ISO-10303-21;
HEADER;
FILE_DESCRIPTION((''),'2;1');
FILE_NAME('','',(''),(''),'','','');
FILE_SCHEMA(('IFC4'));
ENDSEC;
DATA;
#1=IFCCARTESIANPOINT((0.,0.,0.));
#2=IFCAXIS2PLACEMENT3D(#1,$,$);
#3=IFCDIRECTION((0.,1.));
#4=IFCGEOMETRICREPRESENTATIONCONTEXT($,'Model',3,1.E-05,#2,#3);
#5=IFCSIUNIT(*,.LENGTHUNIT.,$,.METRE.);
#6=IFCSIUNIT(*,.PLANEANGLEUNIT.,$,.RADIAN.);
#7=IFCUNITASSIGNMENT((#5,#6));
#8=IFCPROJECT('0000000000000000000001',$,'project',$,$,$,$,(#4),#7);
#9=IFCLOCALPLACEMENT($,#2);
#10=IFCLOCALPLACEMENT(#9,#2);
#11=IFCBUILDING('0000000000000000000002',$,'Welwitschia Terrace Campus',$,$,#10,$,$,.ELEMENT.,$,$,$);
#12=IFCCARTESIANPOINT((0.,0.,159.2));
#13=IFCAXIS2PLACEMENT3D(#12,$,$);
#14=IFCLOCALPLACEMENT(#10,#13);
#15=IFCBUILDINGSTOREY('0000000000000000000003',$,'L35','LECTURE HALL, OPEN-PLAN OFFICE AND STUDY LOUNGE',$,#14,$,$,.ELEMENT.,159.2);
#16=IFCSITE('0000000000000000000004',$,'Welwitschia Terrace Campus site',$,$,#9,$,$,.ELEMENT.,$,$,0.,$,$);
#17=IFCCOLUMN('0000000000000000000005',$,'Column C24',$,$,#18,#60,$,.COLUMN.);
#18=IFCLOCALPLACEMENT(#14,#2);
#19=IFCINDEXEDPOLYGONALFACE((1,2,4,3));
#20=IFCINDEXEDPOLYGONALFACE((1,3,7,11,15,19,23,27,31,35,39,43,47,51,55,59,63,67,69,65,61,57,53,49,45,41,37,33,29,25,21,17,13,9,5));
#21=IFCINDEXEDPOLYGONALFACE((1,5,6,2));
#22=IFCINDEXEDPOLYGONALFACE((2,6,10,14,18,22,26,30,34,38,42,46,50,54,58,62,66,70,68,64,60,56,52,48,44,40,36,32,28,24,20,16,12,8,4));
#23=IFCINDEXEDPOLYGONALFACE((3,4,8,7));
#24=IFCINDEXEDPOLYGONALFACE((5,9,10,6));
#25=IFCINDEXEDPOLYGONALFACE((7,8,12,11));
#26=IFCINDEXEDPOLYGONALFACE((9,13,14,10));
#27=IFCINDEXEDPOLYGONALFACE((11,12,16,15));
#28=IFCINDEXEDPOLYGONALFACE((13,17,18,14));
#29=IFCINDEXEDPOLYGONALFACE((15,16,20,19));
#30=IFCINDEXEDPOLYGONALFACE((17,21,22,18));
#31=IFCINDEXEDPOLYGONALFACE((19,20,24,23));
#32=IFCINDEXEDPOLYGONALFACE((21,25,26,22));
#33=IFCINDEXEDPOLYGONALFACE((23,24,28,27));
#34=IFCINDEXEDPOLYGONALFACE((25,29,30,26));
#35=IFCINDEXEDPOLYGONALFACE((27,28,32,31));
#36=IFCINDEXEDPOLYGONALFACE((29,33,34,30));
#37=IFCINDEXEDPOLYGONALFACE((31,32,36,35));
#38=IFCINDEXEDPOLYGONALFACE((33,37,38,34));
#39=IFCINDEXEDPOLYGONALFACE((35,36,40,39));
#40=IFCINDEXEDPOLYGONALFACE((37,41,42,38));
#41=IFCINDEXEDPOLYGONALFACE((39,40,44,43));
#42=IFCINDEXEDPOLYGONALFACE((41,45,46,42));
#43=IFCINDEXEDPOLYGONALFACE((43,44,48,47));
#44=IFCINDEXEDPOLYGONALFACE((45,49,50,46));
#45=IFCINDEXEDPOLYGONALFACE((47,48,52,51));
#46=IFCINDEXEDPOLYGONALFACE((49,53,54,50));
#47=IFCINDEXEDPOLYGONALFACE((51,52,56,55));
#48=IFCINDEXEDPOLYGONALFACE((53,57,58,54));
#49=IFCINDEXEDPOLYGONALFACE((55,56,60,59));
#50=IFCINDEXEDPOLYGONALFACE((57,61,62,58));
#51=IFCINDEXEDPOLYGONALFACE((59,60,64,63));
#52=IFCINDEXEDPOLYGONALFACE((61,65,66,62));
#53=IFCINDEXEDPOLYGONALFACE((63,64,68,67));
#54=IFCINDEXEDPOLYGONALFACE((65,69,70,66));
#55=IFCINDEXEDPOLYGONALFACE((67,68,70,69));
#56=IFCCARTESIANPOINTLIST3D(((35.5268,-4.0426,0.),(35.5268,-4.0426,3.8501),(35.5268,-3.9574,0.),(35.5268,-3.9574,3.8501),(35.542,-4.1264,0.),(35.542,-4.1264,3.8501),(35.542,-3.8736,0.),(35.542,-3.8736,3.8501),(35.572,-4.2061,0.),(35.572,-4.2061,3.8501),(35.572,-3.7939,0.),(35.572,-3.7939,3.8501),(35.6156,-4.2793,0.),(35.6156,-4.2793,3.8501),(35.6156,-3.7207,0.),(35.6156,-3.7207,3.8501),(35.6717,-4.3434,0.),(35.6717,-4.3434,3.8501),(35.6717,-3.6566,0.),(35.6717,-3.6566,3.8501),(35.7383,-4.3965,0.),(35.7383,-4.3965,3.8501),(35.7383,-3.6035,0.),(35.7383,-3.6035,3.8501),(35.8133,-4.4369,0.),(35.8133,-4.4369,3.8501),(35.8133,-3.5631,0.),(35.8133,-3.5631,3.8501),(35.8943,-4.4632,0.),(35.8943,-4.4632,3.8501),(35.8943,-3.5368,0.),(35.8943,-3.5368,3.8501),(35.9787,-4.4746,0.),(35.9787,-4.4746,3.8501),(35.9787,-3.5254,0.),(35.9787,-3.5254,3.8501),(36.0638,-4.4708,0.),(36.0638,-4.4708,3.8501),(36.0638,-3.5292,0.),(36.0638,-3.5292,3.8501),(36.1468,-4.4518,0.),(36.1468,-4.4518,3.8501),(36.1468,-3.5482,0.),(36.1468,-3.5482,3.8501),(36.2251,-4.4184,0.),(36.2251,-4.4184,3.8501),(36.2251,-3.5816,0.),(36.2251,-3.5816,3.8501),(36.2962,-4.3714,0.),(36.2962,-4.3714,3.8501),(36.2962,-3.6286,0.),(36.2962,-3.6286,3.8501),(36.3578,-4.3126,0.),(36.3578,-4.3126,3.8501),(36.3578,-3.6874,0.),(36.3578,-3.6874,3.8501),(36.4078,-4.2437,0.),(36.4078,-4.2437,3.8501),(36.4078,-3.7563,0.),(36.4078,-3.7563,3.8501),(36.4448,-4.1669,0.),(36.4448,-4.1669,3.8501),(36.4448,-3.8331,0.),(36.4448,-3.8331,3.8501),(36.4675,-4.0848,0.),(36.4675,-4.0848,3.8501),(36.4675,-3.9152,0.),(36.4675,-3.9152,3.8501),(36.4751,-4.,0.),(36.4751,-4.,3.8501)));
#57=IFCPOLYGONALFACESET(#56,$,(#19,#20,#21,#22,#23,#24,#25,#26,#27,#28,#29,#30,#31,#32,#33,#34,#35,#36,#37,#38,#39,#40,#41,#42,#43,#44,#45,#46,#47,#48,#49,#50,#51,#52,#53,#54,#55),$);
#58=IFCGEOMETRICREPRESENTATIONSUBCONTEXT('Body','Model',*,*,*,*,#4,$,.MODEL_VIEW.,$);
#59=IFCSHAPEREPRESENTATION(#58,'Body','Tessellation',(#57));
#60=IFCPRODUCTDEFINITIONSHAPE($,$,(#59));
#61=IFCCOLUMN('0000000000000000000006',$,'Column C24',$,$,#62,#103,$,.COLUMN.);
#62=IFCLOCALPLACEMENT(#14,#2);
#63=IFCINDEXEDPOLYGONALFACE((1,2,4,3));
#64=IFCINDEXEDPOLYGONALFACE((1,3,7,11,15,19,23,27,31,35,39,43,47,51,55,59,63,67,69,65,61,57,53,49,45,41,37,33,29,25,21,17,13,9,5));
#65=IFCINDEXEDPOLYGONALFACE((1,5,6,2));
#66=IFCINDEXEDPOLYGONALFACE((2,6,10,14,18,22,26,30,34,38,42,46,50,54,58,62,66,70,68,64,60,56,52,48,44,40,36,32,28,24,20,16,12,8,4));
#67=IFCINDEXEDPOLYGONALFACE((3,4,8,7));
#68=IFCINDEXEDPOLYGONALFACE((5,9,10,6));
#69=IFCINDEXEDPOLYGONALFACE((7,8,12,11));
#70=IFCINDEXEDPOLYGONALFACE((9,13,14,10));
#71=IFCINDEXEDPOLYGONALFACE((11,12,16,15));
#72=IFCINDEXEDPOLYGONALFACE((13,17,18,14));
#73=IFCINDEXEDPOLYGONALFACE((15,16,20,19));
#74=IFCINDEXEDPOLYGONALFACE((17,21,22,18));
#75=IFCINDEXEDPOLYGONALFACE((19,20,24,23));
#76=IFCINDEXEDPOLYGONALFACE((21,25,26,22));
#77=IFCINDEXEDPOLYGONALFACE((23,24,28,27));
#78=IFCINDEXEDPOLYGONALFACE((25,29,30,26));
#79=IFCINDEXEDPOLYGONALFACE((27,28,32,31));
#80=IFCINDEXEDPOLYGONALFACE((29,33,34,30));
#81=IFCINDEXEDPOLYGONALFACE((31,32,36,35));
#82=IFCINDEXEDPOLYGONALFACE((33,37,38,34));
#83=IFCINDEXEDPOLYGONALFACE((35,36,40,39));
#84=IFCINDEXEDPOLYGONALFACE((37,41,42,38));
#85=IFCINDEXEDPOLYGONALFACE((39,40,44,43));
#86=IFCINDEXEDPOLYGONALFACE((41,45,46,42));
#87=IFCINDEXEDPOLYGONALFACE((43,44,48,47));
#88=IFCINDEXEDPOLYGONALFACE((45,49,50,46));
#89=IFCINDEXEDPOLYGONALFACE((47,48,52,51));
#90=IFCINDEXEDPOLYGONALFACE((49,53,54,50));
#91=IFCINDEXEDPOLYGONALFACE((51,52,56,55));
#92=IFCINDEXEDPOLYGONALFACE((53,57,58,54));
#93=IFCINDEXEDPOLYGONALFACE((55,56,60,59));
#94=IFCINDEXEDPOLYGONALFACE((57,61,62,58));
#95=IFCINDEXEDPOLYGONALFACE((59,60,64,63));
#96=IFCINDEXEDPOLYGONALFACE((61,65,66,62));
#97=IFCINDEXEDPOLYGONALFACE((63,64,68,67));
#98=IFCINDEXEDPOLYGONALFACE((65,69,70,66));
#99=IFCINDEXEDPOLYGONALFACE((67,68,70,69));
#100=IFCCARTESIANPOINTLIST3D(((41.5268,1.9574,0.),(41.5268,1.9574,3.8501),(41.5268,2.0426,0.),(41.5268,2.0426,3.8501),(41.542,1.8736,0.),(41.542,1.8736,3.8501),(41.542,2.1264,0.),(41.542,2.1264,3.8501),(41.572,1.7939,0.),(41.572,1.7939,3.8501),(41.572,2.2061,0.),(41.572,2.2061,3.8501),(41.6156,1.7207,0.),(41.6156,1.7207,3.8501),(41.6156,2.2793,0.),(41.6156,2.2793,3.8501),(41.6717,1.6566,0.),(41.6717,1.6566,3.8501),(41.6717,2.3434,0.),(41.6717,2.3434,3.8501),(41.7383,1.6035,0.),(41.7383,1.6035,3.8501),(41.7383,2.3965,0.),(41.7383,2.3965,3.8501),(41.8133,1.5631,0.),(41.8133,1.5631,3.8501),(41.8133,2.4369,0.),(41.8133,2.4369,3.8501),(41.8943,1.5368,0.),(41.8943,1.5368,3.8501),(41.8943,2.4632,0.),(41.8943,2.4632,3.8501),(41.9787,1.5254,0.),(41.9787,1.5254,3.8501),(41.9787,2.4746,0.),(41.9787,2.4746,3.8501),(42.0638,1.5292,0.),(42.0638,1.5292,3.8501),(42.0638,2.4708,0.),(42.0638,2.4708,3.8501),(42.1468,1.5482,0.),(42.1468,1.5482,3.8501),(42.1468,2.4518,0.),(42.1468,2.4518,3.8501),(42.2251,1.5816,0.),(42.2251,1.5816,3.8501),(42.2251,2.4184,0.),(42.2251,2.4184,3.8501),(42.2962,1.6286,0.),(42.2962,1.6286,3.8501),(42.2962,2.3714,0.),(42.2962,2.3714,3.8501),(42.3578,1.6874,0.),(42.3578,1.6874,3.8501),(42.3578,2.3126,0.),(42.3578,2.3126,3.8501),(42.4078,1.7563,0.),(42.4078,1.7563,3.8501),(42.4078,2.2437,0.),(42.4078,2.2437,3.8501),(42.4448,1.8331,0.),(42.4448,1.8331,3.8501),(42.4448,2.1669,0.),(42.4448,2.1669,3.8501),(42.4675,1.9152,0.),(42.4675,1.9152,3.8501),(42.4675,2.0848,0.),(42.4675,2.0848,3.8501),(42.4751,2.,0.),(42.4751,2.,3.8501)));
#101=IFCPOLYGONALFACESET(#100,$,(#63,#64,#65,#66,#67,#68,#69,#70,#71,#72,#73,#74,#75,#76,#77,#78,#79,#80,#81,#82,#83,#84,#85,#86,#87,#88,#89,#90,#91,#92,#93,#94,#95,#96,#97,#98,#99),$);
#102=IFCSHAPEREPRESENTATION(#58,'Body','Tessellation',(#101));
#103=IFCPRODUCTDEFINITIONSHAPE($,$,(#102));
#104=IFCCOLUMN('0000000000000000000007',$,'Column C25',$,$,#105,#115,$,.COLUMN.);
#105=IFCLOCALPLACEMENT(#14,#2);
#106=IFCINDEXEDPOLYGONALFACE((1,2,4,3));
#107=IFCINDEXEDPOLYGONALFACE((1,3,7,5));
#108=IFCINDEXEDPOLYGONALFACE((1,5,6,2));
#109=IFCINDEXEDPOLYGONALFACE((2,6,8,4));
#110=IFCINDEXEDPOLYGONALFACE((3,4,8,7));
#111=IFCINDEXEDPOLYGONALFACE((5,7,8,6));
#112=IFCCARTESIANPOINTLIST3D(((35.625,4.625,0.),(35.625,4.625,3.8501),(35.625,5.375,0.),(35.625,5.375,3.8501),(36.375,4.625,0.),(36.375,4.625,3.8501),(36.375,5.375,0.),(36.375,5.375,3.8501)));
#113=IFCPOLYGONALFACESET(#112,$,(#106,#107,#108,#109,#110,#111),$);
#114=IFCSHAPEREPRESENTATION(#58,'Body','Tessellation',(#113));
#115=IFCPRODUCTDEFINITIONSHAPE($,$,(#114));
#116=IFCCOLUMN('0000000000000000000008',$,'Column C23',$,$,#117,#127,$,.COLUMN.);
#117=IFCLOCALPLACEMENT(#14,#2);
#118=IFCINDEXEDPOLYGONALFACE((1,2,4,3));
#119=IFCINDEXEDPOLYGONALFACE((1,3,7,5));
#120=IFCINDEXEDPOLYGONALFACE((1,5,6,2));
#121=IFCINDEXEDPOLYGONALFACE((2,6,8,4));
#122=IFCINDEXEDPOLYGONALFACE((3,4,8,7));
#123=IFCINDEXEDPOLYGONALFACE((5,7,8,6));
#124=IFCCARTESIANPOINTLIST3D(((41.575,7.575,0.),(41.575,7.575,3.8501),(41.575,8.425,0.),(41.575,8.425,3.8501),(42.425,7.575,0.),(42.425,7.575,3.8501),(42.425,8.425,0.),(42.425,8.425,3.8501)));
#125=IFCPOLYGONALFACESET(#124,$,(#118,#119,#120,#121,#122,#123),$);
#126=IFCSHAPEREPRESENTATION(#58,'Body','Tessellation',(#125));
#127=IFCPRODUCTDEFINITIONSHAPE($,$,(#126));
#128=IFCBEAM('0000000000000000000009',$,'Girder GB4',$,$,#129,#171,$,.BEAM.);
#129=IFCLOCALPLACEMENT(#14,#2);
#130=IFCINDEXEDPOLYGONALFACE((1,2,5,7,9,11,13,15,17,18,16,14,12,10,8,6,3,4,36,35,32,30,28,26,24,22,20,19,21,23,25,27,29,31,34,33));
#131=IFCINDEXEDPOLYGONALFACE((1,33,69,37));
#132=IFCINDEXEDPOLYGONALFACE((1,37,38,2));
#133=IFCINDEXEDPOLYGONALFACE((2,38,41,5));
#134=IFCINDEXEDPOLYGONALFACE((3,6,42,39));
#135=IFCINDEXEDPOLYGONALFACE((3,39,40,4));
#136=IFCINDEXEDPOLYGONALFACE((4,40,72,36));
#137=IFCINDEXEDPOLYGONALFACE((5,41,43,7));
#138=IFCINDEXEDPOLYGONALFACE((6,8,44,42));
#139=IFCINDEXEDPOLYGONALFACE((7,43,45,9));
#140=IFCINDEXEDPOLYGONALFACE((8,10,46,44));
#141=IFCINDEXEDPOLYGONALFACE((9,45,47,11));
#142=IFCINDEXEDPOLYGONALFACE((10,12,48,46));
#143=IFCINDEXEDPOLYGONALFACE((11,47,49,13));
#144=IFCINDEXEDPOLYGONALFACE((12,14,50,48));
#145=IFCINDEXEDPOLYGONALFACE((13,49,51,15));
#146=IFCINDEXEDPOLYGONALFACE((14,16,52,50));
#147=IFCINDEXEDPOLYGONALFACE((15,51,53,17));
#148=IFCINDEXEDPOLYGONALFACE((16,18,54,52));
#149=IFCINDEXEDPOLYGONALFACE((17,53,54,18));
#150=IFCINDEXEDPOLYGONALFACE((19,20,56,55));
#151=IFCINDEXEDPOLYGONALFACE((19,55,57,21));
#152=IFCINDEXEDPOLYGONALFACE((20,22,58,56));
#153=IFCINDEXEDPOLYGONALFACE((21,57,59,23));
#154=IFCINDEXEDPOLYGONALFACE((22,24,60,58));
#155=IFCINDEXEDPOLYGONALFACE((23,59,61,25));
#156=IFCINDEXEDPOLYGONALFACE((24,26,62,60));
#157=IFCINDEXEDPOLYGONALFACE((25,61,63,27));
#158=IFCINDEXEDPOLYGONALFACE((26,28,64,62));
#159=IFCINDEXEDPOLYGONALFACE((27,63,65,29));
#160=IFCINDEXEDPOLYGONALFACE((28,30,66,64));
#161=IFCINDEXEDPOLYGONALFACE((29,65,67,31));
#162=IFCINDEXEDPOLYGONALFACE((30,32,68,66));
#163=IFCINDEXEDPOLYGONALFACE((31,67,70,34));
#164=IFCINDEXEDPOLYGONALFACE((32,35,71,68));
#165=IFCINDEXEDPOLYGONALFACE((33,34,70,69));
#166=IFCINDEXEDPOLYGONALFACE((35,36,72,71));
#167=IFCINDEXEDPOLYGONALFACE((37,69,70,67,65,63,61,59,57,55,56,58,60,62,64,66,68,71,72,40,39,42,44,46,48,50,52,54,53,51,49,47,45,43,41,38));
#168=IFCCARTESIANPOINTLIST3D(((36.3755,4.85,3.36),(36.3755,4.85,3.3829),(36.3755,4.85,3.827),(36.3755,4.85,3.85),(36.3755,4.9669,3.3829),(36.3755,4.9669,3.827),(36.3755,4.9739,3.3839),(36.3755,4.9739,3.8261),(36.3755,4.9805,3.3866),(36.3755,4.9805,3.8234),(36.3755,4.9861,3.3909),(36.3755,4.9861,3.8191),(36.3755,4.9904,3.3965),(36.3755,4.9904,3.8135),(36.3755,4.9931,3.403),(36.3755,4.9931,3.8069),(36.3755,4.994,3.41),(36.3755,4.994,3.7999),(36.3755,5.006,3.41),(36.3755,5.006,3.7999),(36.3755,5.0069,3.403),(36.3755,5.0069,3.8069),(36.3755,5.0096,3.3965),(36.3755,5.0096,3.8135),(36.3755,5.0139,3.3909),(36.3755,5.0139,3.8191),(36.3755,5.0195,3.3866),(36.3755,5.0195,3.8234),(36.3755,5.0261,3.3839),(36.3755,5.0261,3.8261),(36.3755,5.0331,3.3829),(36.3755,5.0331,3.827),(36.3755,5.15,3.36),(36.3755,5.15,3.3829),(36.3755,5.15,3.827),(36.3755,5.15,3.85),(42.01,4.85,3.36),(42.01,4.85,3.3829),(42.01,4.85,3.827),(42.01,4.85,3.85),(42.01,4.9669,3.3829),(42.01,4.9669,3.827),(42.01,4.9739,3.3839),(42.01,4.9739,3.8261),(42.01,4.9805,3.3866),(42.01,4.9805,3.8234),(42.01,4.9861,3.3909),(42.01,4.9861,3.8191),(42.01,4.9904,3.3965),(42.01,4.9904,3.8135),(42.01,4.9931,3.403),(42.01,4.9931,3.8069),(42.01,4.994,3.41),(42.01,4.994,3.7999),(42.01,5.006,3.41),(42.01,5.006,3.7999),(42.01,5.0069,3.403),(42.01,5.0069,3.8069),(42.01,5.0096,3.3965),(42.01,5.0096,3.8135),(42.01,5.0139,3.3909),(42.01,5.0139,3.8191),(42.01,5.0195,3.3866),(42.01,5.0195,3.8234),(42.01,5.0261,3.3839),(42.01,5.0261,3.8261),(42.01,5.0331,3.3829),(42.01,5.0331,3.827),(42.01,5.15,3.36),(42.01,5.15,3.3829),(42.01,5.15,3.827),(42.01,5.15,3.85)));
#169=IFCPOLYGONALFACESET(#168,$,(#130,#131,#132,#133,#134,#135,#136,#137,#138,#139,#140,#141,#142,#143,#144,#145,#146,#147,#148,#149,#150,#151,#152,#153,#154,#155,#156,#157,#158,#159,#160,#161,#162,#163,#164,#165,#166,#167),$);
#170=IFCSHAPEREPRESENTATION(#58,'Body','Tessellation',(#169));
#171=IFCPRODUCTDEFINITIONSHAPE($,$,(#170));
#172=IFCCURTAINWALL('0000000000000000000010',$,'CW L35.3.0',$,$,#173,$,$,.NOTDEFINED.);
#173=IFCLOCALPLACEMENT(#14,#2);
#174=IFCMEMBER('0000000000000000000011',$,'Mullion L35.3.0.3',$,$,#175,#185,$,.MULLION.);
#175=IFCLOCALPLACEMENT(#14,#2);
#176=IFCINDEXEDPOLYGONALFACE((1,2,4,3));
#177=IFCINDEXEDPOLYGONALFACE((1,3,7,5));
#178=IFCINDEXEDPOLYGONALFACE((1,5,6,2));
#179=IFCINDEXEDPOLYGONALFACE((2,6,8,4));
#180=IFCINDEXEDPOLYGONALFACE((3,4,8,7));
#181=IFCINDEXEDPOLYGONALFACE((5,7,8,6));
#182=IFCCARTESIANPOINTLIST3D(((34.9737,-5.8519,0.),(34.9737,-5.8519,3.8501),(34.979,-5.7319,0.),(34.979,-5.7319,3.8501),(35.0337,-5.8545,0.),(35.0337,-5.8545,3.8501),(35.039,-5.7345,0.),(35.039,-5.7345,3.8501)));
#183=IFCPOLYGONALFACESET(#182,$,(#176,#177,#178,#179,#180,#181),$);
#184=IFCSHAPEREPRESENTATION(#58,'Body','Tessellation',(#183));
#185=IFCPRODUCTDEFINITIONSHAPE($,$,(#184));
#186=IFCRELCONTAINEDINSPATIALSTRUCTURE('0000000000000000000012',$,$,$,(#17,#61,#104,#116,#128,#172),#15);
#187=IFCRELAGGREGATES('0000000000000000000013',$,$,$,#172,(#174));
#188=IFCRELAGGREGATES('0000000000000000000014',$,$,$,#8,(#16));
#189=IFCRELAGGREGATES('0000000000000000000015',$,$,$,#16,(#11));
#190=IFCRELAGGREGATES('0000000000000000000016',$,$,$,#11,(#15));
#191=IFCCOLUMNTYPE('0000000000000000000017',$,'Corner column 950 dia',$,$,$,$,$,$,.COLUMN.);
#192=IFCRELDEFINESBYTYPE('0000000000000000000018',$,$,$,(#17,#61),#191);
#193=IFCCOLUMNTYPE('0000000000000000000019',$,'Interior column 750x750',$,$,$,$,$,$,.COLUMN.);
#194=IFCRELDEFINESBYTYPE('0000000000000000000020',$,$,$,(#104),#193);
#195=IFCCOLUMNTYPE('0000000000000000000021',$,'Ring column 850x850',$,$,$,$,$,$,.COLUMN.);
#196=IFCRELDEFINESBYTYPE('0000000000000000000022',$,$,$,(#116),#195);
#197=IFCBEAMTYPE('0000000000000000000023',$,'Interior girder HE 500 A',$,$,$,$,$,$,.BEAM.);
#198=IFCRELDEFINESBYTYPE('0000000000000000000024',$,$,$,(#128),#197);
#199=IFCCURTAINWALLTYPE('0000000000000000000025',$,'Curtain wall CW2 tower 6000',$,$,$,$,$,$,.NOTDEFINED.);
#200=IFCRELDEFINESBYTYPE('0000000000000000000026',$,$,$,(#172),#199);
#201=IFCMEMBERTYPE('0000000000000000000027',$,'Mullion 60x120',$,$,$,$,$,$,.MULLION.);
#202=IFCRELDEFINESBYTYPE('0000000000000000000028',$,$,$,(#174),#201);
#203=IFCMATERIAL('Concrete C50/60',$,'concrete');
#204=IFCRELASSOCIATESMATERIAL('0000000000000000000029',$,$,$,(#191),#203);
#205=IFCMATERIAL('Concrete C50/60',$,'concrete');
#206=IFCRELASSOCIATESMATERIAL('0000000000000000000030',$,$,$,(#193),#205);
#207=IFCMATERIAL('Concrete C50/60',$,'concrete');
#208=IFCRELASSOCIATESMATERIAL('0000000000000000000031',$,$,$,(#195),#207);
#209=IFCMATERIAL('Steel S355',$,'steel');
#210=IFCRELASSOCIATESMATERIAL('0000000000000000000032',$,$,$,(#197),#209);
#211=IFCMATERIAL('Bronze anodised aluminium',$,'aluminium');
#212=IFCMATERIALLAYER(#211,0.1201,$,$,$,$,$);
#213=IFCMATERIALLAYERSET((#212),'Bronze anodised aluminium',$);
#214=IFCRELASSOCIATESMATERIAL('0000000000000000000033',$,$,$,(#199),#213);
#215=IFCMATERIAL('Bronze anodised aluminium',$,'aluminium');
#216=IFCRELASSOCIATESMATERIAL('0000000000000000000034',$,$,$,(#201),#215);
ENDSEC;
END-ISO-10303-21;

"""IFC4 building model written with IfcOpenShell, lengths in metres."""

from ifc_helpers import new_model, si_unit, direction, frame, origin, origin_2d, place, context, subcontext, project, spatial, rectangle, circle, i_section, extrude, material, layer, layer_set, material_profile, profile_set, type_object, element, aggregate, save


model = new_model("IFC4")

# Units and contexts
model_context = context("Model", 3, precision=1e-05, world=origin(), true_north=direction((0.0, 1.0)))
body_context = subcontext(model_context, "Body", "Model", "MODEL_VIEW")
ifc_project = project(units=[si_unit("LENGTHUNIT", "METRE"), si_unit("PLANEANGLEUNIT", "RADIAN")], contexts=[model_context])

# Site, building, storey
site_placement = place(None, origin())
site = spatial("IfcSite", under=ifc_project, at=site_placement, Name="Welwitschia Terrace Campus site", CompositionType="ELEMENT", RefElevation=0.0)
building_placement = place(site_placement, origin())
building = spatial("IfcBuilding", under=site, at=building_placement, Name="Welwitschia Terrace Campus", CompositionType="ELEMENT")
storey_placement = place(building_placement, frame((0.0, 0.0, 159.2)))
storey = spatial("IfcBuildingStorey", under=building, at=storey_placement, Name="L35", Description="LECTURE HALL, OPEN-PLAN OFFICE AND STUDY LOUNGE", CompositionType="ELEMENT", Elevation=159.2)

# Columns
ifc_material_1 = material(Name="Concrete C50/60", Category="concrete")
ifc_material_profile_1 = material_profile(ifc_material_1, circle(Radius=0.4751, at=origin_2d()))
ifc_profile_set_1 = profile_set([ifc_material_profile_1], Name="Concrete C50/60")
column_type_1 = type_object("IfcColumnType", Name="Corner column 950 dia", PredefinedType="COLUMN", material=ifc_profile_set_1)
for number, where, z_axis, x_axis, name in (
    (1, (36.0, -4.0, 0.0), (0.0, 0.0, 1.0), (1.0, 0.0, 0.0), "Column C24"),
    (2, (42.0, 2.0, 0.0), (0.0, 0.0, 1.0), (1.0, 0.0, 0.0), "Column C24"),
):
    element("IfcColumn", number, at=place(storey_placement, frame(where, z_axis=z_axis, x_axis=x_axis)), inside=storey, type_object=column_type_1, Name=name, PredefinedType="COLUMN", context=body_context, shape_type="SweptSolid", body=[
        extrude(circle(Radius=0.4751, at=origin_2d()), origin(), (0.0, 0.0, 1.0), 3.8501),
    ])
ifc_material_2 = material(Name="Concrete C50/60", Category="concrete")
ifc_material_profile_2 = material_profile(ifc_material_2, rectangle(XDim=0.75, YDim=0.75, at=origin_2d()))
ifc_profile_set_2 = profile_set([ifc_material_profile_2], Name="Concrete C50/60")
column_type_2 = type_object("IfcColumnType", Name="Interior column 750x750", PredefinedType="COLUMN", material=ifc_profile_set_2)
column_1_placement = place(storey_placement, frame((36.0, 5.0, 0.0), z_axis=(0.0, 0.0, 1.0), x_axis=(1.0, 0.0, 0.0)))
element("IfcColumn", 3, at=column_1_placement, inside=storey, type_object=column_type_2, Name="Column C25", PredefinedType="COLUMN", context=body_context, shape_type="SweptSolid", body=[
    extrude(rectangle(XDim=0.75, YDim=0.75, at=origin_2d()), origin(), (0.0, 0.0, 1.0), 3.8501),
])
ifc_material_3 = material(Name="Concrete C50/60", Category="concrete")
ifc_material_profile_3 = material_profile(ifc_material_3, rectangle(XDim=0.8501, YDim=0.8501, at=origin_2d()))
ifc_profile_set_3 = profile_set([ifc_material_profile_3], Name="Concrete C50/60")
column_type_3 = type_object("IfcColumnType", Name="Ring column 850x850", PredefinedType="COLUMN", material=ifc_profile_set_3)
column_2_placement = place(storey_placement, frame((42.0, 8.0, 0.0), z_axis=(0.0, 0.0, 1.0), x_axis=(1.0, 0.0, 0.0)))
element("IfcColumn", 4, at=column_2_placement, inside=storey, type_object=column_type_3, Name="Column C23", PredefinedType="COLUMN", context=body_context, shape_type="SweptSolid", body=[
    extrude(rectangle(XDim=0.8501, YDim=0.8501, at=origin_2d()), origin(), (0.0, 0.0, 1.0), 3.8501),
])

# Beam
ifc_material_4 = material(Name="Steel S355", Category="steel")
ifc_material_profile_4 = material_profile(ifc_material_4, i_section(OverallWidth=0.3, OverallDepth=0.49, WebThickness=0.012, FlangeThickness=0.0229, FilletRadius=0.0271, at=origin_2d()))
ifc_profile_set_4 = profile_set([ifc_material_profile_4], Name="Steel S355")
beam_type_1 = type_object("IfcBeamType", Name="Interior girder HE 500 A", PredefinedType="BEAM", material=ifc_profile_set_4)
beam_1_placement = place(storey_placement, frame((36.3755, 5.0, 3.605), z_axis=(1.0, 0.0, 0.0), x_axis=(0.0, 1.0, 0.0)))
element("IfcBeam", 5, at=beam_1_placement, inside=storey, type_object=beam_type_1, Name="Girder GB4", PredefinedType="BEAM", context=body_context, shape_type="SweptSolid", body=[
    extrude(i_section(OverallWidth=0.3, OverallDepth=0.49, WebThickness=0.012, FlangeThickness=0.0229, FilletRadius=0.0271, at=origin_2d()), origin(), (0.0, 0.0, 1.0), 5.6345),
])

# Curtain wall, member
ifc_material_5 = material(Name="Bronze anodised aluminium", Category="aluminium")
ifc_layer_1 = layer(ifc_material_5, 0.1201)
ifc_layer_set_1 = layer_set([ifc_layer_1], Name="Bronze anodised aluminium")
curtain_wall_type = type_object("IfcCurtainWallType", Name="Curtain wall CW2 tower 6000", PredefinedType="NOTDEFINED", material=ifc_layer_set_1)
curtain_wall_1_placement = place(storey_placement, origin())
curtain_wall_1 = element("IfcCurtainWall", 6, at=curtain_wall_1_placement, inside=storey, type_object=curtain_wall_type, Name="CW L35.3.0", PredefinedType="NOTDEFINED")
ifc_material_6 = material(Name="Bronze anodised aluminium", Category="aluminium")
ifc_material_profile_5 = material_profile(ifc_material_6, rectangle(XDim=0.1201, YDim=0.0601, at=origin_2d()))
ifc_profile_set_5 = profile_set([ifc_material_profile_5], Name="Bronze anodised aluminium")
member_type_1 = type_object("IfcMemberType", Name="Mullion 60x120", PredefinedType="MULLION", material=ifc_profile_set_5)
member_1_placement = place(storey_placement, frame((35.0063, -5.7932, 0.0), z_axis=(0.0, 0.0, 1.0), x_axis=(0.043619, 0.999048, 0.0)))
member_1 = element("IfcMember", 7, at=member_1_placement, type_object=member_type_1, Name="Mullion L35.3.0.3", PredefinedType="MULLION", context=body_context, shape_type="SweptSolid", body=[
    extrude(rectangle(XDim=0.1201, YDim=0.0601, at=origin_2d()), origin(), (0.0, 0.0, 1.0), 3.8501),
])

aggregate(curtain_wall_1, [member_1])

save(model, "model.ifc")
